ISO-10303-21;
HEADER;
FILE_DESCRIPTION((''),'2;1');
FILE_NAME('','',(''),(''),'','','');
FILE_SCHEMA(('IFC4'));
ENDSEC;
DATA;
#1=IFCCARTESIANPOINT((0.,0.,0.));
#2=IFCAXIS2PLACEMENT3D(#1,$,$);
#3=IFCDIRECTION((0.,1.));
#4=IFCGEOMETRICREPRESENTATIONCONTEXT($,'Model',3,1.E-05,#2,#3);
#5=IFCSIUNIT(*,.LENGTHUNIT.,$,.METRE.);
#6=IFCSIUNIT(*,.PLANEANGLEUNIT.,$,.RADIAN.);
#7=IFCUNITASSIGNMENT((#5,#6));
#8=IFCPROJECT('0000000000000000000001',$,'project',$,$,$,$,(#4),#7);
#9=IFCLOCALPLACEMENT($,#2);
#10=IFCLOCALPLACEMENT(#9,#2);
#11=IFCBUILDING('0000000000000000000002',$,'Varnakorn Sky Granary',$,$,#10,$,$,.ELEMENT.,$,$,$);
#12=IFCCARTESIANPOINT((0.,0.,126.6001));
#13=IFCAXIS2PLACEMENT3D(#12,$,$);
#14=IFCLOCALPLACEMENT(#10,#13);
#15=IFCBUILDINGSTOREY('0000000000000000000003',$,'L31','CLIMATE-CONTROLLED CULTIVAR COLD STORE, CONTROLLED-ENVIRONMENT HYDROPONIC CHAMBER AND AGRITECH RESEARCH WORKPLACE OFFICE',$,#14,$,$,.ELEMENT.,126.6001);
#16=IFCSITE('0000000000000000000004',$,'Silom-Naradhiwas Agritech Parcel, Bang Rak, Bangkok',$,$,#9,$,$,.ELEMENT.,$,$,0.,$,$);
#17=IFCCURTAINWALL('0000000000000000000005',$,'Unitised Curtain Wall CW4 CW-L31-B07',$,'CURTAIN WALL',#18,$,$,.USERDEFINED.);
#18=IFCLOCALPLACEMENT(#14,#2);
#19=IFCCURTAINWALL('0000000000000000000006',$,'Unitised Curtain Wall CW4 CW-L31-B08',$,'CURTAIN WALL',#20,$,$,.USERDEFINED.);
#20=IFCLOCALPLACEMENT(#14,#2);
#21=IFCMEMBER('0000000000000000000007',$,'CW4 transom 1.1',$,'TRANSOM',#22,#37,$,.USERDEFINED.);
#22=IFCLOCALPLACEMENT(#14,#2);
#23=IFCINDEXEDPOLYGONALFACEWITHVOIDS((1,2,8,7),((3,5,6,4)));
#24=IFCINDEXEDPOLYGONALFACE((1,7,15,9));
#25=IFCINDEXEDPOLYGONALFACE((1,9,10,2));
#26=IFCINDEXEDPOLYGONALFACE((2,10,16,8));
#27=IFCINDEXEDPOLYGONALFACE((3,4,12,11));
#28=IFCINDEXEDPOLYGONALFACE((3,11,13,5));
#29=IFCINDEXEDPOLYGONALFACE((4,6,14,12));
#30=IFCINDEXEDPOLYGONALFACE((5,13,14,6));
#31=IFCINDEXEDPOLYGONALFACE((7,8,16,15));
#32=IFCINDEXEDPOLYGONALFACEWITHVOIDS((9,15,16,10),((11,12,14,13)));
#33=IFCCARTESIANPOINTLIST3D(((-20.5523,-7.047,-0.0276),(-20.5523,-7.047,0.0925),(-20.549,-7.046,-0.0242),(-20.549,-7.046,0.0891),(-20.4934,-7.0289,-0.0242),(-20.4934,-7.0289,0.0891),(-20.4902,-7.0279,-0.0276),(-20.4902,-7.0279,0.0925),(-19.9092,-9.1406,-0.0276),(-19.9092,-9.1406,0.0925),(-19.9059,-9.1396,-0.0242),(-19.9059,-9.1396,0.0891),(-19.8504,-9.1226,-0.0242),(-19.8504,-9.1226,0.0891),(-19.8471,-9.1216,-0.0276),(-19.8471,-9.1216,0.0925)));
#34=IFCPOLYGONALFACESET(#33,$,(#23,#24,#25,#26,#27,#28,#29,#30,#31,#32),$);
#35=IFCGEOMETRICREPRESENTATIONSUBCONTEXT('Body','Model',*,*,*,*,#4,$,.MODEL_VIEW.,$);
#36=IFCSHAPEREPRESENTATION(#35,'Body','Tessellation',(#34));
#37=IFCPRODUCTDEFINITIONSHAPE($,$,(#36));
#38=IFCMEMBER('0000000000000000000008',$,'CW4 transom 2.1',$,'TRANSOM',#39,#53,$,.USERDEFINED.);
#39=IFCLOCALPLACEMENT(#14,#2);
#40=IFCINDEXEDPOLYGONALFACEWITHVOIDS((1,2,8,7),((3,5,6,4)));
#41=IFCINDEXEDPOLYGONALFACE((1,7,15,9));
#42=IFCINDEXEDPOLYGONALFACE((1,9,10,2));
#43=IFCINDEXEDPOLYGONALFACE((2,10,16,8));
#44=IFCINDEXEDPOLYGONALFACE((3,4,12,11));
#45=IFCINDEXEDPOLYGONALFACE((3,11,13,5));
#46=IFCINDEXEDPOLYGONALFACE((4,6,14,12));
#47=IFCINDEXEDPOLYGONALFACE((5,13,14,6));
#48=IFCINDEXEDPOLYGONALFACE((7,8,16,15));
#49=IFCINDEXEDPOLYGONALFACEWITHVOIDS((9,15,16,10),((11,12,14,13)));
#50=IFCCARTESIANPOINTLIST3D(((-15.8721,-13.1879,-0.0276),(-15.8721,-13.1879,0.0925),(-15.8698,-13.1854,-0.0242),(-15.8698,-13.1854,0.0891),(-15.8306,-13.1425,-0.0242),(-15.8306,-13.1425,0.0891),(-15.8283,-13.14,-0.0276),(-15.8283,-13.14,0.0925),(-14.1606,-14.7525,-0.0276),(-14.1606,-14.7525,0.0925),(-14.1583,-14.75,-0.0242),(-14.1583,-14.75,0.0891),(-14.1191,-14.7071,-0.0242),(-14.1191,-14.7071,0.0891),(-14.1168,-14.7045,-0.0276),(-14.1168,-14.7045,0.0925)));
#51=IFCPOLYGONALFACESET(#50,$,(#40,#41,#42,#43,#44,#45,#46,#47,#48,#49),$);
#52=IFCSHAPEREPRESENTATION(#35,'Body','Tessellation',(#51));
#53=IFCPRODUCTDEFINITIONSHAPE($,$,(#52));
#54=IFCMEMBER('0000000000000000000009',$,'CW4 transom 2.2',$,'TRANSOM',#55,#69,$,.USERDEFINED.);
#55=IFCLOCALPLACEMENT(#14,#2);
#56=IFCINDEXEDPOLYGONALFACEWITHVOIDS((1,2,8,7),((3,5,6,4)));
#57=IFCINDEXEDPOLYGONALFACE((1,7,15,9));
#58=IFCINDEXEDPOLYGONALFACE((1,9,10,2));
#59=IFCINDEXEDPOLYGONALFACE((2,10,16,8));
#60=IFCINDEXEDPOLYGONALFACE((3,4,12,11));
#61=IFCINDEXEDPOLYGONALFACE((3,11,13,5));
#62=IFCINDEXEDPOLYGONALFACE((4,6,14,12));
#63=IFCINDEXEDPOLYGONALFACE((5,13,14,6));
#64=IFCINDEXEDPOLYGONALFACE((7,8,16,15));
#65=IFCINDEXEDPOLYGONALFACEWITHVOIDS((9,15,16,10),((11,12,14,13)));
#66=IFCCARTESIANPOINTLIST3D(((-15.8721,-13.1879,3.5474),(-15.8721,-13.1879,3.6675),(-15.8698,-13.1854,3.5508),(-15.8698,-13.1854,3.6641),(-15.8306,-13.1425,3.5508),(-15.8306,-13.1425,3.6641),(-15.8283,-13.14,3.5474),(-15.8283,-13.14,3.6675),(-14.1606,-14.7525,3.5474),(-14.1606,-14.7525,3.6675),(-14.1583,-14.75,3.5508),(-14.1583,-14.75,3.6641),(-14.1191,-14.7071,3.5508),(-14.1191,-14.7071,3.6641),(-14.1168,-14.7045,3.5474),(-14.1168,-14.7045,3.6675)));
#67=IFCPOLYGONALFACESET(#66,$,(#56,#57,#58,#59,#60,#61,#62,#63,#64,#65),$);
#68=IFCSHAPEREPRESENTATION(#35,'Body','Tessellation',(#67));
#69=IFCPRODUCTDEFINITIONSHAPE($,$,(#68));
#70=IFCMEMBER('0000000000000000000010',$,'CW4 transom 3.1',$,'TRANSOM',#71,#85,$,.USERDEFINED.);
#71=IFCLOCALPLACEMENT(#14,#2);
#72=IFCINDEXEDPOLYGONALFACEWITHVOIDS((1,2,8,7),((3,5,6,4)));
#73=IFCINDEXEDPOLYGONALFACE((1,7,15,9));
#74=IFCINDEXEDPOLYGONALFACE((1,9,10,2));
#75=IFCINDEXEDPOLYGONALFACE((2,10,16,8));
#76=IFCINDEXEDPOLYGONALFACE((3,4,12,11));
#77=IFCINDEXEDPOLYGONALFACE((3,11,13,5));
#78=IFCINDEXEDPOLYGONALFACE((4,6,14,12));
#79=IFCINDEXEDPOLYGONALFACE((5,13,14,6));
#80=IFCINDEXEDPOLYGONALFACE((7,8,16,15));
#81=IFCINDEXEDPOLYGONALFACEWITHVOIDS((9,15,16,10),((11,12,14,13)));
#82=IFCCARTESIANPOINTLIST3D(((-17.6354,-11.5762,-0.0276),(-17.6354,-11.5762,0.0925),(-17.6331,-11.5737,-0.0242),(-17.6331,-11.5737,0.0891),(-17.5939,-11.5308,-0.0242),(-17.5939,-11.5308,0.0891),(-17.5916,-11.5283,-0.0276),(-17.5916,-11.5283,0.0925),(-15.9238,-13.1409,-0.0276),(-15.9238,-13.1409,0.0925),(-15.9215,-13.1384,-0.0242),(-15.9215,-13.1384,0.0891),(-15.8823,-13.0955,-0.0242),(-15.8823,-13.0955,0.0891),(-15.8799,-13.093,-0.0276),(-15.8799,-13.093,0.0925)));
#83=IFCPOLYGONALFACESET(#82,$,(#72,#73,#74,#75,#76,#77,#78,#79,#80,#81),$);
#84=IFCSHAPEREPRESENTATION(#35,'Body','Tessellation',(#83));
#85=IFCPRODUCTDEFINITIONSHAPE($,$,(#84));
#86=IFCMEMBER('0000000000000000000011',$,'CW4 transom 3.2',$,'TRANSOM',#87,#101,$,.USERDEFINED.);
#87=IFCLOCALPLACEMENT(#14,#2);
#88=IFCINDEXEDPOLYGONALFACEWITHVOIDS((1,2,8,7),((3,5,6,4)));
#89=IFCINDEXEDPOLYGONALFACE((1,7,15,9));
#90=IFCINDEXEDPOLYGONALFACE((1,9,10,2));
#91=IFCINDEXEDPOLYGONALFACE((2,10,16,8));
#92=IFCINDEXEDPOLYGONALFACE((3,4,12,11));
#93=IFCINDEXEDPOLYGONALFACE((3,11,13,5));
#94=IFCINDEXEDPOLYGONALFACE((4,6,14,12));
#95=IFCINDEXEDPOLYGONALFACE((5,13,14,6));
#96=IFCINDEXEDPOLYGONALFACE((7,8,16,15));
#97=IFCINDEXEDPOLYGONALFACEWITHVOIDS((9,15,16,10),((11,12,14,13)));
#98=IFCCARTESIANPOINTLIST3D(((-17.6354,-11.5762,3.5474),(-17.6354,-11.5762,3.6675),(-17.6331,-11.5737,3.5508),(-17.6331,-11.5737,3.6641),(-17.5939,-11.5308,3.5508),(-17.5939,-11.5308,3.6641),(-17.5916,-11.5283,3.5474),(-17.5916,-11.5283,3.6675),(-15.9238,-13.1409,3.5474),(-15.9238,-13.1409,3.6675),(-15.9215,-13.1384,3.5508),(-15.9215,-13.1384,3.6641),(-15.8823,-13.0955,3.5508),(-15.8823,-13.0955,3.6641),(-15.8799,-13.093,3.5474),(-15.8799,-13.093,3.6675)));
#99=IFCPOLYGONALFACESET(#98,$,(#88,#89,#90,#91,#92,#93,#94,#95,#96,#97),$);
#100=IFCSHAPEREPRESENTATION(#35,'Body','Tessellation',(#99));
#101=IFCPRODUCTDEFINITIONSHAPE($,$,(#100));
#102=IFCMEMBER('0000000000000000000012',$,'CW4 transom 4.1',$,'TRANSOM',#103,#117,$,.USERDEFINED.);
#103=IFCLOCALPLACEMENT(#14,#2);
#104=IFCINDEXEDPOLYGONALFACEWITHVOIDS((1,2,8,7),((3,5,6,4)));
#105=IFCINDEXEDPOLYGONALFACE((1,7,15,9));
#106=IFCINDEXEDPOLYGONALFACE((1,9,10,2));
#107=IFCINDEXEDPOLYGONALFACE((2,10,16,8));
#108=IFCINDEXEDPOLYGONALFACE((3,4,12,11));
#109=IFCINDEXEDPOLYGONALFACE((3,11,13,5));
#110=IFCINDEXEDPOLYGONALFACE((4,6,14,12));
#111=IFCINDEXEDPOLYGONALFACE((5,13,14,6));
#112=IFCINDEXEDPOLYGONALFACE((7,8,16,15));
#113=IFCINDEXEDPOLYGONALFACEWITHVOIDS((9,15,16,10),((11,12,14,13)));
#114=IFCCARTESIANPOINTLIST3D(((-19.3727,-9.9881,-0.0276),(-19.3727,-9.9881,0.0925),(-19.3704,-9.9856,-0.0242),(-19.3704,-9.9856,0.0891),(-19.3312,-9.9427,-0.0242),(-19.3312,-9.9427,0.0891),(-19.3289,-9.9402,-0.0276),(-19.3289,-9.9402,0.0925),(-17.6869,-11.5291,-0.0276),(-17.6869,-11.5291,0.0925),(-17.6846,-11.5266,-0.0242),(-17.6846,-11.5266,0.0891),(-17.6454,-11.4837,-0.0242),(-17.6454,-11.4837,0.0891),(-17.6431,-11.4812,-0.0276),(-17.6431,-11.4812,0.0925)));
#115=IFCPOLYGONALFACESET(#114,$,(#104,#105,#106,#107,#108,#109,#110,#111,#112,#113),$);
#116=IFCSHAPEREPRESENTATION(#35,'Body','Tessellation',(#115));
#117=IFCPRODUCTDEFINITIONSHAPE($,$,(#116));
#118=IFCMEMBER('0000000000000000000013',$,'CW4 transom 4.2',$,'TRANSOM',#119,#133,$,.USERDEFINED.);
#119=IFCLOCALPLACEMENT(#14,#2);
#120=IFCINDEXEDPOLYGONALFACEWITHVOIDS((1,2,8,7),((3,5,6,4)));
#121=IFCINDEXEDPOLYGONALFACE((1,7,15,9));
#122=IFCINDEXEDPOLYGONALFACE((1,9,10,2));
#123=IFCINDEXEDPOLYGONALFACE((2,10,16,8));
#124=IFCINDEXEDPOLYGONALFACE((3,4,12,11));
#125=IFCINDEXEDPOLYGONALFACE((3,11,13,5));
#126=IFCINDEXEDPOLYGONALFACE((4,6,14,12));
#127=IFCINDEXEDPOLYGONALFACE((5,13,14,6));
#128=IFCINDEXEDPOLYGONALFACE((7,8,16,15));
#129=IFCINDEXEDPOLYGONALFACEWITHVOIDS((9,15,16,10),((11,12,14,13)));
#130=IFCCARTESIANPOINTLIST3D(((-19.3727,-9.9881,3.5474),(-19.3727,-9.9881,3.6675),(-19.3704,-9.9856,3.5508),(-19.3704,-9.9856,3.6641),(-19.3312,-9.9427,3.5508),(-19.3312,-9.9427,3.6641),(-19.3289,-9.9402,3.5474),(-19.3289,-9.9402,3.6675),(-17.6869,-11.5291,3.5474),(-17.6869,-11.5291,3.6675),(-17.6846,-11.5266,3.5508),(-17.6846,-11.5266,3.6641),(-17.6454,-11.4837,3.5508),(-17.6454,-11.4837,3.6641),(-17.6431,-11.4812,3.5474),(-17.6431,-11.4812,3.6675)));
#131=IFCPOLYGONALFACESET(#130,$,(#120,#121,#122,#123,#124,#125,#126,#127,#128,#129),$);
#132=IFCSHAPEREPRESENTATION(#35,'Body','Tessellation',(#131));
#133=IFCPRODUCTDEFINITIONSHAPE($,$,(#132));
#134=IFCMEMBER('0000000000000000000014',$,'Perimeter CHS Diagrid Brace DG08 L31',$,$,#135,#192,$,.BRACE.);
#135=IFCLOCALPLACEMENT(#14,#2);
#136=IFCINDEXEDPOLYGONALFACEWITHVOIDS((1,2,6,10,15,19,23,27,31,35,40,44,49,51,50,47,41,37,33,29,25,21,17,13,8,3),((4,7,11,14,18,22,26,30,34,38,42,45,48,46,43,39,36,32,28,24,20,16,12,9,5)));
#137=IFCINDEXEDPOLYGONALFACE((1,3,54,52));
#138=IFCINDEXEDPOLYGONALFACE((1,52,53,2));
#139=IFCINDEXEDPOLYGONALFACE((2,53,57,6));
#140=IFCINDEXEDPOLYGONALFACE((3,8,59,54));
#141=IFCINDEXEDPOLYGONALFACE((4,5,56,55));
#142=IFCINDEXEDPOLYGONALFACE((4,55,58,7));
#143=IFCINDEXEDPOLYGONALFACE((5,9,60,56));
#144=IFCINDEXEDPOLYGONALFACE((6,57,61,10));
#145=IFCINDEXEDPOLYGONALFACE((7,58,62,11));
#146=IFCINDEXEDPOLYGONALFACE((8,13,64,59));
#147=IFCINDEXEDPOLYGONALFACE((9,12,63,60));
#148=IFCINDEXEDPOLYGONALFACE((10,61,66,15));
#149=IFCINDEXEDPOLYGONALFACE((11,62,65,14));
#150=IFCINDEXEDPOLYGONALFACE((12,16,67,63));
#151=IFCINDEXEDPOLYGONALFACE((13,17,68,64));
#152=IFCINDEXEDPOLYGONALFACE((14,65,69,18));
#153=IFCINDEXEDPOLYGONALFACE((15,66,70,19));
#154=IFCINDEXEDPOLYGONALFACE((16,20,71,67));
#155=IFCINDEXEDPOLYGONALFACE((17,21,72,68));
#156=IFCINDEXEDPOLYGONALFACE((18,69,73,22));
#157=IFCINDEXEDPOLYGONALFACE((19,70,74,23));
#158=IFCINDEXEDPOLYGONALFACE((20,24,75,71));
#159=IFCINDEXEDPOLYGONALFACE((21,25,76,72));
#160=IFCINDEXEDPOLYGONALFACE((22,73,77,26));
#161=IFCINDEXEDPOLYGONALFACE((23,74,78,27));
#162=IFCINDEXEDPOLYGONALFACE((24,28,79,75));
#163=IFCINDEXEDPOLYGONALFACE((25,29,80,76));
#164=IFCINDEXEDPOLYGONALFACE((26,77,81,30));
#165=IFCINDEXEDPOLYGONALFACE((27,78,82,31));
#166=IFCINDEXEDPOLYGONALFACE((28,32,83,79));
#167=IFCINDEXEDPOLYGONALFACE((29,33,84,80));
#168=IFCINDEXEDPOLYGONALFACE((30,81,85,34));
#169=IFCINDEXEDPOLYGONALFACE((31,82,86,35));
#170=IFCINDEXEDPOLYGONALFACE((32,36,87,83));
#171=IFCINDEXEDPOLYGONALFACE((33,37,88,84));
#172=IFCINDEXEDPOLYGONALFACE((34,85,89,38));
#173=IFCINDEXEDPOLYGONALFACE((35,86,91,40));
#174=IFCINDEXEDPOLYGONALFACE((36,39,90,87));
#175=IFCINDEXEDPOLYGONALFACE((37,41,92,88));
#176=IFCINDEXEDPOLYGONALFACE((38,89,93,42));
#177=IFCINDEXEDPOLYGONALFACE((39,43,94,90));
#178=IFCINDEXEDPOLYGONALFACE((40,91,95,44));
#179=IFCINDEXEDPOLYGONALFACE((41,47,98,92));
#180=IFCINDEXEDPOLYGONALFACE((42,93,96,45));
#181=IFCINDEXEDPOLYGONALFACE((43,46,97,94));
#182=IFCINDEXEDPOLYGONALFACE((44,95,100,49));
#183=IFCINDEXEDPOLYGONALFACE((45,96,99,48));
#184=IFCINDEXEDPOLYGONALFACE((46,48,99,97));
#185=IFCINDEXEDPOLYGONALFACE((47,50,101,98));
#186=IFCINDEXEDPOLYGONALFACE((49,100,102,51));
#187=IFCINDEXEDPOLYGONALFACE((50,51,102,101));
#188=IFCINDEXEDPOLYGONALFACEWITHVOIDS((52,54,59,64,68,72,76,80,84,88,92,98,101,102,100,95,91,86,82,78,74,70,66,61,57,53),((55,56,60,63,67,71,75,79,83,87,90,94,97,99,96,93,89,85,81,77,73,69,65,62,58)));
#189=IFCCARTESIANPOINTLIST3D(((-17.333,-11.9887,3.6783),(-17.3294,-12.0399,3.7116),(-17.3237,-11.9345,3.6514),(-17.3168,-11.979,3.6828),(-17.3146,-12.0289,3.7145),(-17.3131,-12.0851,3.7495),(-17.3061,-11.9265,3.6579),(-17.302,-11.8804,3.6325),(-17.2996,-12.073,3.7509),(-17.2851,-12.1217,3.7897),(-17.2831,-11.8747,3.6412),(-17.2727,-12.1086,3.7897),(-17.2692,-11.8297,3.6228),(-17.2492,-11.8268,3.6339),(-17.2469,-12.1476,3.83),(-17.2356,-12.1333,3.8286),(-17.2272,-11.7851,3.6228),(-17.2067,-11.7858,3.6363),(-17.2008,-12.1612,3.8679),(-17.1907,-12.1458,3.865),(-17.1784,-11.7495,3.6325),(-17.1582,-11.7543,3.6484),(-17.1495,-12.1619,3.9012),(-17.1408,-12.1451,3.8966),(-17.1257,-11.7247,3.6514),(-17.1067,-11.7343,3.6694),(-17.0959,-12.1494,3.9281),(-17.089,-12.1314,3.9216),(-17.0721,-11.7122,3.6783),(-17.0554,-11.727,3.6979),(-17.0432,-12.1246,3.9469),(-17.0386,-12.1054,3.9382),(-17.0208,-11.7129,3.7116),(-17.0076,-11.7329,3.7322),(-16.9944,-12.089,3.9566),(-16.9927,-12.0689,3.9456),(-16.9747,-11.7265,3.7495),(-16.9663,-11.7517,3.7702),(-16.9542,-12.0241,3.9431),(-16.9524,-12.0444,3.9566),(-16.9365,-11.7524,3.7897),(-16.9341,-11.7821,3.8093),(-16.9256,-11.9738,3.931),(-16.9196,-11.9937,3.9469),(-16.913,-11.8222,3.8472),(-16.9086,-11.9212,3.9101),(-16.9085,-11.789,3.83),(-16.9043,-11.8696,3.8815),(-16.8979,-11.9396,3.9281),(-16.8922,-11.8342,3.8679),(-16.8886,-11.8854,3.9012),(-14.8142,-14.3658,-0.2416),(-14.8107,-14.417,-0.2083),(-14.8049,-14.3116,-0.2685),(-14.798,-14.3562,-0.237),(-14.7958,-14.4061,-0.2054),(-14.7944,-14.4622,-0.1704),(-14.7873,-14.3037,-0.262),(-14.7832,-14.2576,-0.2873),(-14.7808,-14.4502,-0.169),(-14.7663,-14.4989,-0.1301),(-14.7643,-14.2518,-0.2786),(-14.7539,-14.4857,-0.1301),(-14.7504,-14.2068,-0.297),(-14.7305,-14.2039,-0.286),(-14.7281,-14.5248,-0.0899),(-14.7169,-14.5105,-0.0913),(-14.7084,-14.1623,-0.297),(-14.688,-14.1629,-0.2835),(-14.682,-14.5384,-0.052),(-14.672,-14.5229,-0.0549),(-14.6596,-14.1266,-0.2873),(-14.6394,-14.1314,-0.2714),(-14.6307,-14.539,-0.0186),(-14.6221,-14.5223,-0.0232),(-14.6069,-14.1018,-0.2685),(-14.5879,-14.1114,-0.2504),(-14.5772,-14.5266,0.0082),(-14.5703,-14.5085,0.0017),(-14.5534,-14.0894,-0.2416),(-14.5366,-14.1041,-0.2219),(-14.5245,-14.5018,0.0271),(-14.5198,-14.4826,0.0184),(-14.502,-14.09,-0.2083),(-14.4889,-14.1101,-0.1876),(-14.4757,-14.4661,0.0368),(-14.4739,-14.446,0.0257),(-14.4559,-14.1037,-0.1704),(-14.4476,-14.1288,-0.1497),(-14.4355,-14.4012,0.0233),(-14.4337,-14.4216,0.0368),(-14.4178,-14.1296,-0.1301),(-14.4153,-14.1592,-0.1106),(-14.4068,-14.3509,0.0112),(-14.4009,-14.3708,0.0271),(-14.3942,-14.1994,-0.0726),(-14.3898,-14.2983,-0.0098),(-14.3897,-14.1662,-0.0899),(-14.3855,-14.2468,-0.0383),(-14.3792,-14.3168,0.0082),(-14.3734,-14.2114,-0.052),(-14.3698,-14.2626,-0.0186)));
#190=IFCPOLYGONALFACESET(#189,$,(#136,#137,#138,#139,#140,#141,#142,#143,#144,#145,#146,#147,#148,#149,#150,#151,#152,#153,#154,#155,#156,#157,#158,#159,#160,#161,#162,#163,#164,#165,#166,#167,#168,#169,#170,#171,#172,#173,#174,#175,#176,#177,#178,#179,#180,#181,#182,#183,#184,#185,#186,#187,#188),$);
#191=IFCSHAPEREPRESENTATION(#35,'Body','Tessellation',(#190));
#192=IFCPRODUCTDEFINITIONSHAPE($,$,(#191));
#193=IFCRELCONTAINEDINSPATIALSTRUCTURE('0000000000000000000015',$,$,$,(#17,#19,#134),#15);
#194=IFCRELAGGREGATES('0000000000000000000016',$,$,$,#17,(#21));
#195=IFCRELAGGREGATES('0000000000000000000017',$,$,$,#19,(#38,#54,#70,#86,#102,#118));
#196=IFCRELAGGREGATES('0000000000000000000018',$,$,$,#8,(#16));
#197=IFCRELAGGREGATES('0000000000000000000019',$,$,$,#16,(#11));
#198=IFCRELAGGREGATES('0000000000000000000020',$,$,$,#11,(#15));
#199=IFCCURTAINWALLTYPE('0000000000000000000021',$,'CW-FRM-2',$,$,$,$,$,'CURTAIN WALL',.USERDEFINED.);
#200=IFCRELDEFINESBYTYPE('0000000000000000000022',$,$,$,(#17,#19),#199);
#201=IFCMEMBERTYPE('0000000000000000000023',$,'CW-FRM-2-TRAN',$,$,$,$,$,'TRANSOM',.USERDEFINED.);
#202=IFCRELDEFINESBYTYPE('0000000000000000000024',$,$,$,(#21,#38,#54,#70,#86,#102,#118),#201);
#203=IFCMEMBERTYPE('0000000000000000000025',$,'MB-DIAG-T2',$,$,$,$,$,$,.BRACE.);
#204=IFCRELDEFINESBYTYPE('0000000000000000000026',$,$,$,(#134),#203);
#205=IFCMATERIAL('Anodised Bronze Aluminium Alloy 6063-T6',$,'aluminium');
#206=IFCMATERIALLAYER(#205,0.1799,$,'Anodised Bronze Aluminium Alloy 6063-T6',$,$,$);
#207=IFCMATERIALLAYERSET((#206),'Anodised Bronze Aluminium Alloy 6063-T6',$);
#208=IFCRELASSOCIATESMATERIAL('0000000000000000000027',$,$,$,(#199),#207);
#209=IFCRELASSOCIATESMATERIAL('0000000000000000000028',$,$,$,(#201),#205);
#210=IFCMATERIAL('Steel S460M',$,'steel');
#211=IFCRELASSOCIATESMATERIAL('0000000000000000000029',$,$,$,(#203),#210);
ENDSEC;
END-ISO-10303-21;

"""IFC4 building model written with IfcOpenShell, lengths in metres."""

from ifc_helpers import new_model, si_unit, direction, frame, origin, origin_2d, place, context, subcontext, project, spatial, hollow_rectangle, hollow_circle, extrude, material, layer, layer_set, material_profile, profile_set, type_object, element, aggregate, save


model = new_model("IFC4")

# Units and contexts
model_context = context("Model", 3, precision=1e-05, world=origin(), true_north=direction((0.0, 1.0)))
body_context = subcontext(model_context, "Body", "Model", "MODEL_VIEW")
ifc_project = project(units=[si_unit("LENGTHUNIT", "METRE"), si_unit("PLANEANGLEUNIT", "RADIAN")], contexts=[model_context])

# Site, building, storey
site_placement = place(None, origin())
site = spatial("IfcSite", under=ifc_project, at=site_placement, Name="Silom-Naradhiwas Agritech Parcel, Bang Rak, Bangkok", CompositionType="ELEMENT", RefElevation=0.0)
building_placement = place(site_placement, origin())
building = spatial("IfcBuilding", under=site, at=building_placement, Name="Varnakorn Sky Granary", CompositionType="ELEMENT")
storey_placement = place(building_placement, frame((0.0, 0.0, 126.6001)))
storey = spatial("IfcBuildingStorey", under=building, at=storey_placement, Name="L31", Description="CLIMATE-CONTROLLED CULTIVAR COLD STORE, CONTROLLED-ENVIRONMENT HYDROPONIC CHAMBER AND AGRITECH RESEARCH WORKPLACE OFFICE", CompositionType="ELEMENT", Elevation=126.6001)

# Shared definitions
ifc_material_1 = material(Name="Steel S460M", Category="steel")

# Curtain wall
ifc_material_2 = material(Name="Anodised Bronze Aluminium Alloy 6063-T6", Category="aluminium")
ifc_layer_1 = layer(ifc_material_2, 0.1799, Name="Anodised Bronze Aluminium Alloy 6063-T6")
ifc_layer_set_1 = layer_set([ifc_layer_1], Name="Anodised Bronze Aluminium Alloy 6063-T6")
curtain_wall_type = type_object("IfcCurtainWallType", Name="CW-FRM-2", ElementType="CURTAIN WALL", PredefinedType="USERDEFINED", material=ifc_layer_set_1)
curtain_wall_1_placement = place(storey_placement, origin())
curtain_wall_1 = element("IfcCurtainWall", 1, at=curtain_wall_1_placement, inside=storey, type_object=curtain_wall_type, Name="Unitised Curtain Wall CW4 CW-L31-B07", ObjectType="CURTAIN WALL", PredefinedType="USERDEFINED")

# Curtain wall
curtain_wall_2_placement = place(storey_placement, origin())
curtain_wall_2 = element("IfcCurtainWall", 2, at=curtain_wall_2_placement, inside=storey, type_object=curtain_wall_type, Name="Unitised Curtain Wall CW4 CW-L31-B08", ObjectType="CURTAIN WALL", PredefinedType="USERDEFINED")

# Members
ifc_material_profile_1 = material_profile(ifc_material_2, hollow_rectangle(XDim=0.0649, YDim=0.1201, WallThickness=0.0034, at=origin_2d()), Name="ALU TRAN 65x120")
ifc_profile_set_1 = profile_set([ifc_material_profile_1], Name="Anodised Bronze Aluminium Alloy 6063-T6")
member_type_1 = type_object("IfcMemberType", Name="CW-FRM-2-TRAN", ElementType="TRANSOM", PredefinedType="USERDEFINED", material=ifc_profile_set_1)
member_1_placement = place(storey_placement, frame((-19.8782, -9.1311, 0.0325), z_axis=(-0.2936, 0.955928, 0.0), x_axis=(-0.955928, -0.2936, 0.0)))
member_1 = element("IfcMember", 3, at=member_1_placement, type_object=member_type_1, Name="CW4 transom 1.1", ObjectType="TRANSOM", PredefinedType="USERDEFINED", context=body_context, shape_type="SweptSolid", body=[
    extrude(hollow_rectangle(XDim=0.0649, YDim=0.1201, WallThickness=0.0034, at=origin_2d()), origin(), (0.0, 0.0, 1.0), 2.1902),
])
aggregate(curtain_wall_1, [member_1])
member_2_placement = place(storey_placement, frame((-14.1387, -14.7285, 0.0325), z_axis=(-0.738089, 0.674704, 0.0), x_axis=(-0.674704, -0.738089, 0.0)))
member_2 = element("IfcMember", 4, at=member_2_placement, type_object=member_type_1, Name="CW4 transom 2.1", ObjectType="TRANSOM", PredefinedType="USERDEFINED", context=body_context, shape_type="SweptSolid", body=[
    extrude(hollow_rectangle(XDim=0.0649, YDim=0.1201, WallThickness=0.0034, at=origin_2d()), origin(), (0.0, 0.0, 1.0), 2.3188),
])
member_3_placement = place(storey_placement, frame((-14.1387, -14.7285, 3.6074), z_axis=(-0.738089, 0.674704, 0.0), x_axis=(-0.674704, -0.738089, 0.0)))
member_3 = element("IfcMember", 5, at=member_3_placement, type_object=member_type_1, Name="CW4 transom 2.2", ObjectType="TRANSOM", PredefinedType="USERDEFINED", context=body_context, shape_type="SweptSolid", body=[
    extrude(hollow_rectangle(XDim=0.0649, YDim=0.1201, WallThickness=0.0034, at=origin_2d()), origin(), (0.0, 0.0, 1.0), 2.3188),
])
member_4_placement = place(storey_placement, frame((-15.9019, -13.1169, 0.0325), z_axis=(-0.738084, 0.674709, 0.0), x_axis=(-0.674709, -0.738084, 0.0)))
member_4 = element("IfcMember", 6, at=member_4_placement, type_object=member_type_1, Name="CW4 transom 3.1", ObjectType="TRANSOM", PredefinedType="USERDEFINED", context=body_context, shape_type="SweptSolid", body=[
    extrude(hollow_rectangle(XDim=0.0649, YDim=0.1201, WallThickness=0.0034, at=origin_2d()), origin(), (0.0, 0.0, 1.0), 2.3191),
])
member_5_placement = place(storey_placement, frame((-15.9019, -13.1169, 3.6074), z_axis=(-0.738084, 0.674709, 0.0), x_axis=(-0.674709, -0.738084, 0.0)))
member_5 = element("IfcMember", 7, at=member_5_placement, type_object=member_type_1, Name="CW4 transom 3.2", ObjectType="TRANSOM", PredefinedType="USERDEFINED", context=body_context, shape_type="SweptSolid", body=[
    extrude(hollow_rectangle(XDim=0.0649, YDim=0.1201, WallThickness=0.0034, at=origin_2d()), origin(), (0.0, 0.0, 1.0), 2.3191),
])
member_6_placement = place(storey_placement, frame((-17.665, -11.5051, 0.0325), z_axis=(-0.73809, 0.674703, 0.0), x_axis=(-0.674703, -0.73809, 0.0)))
member_6 = element("IfcMember", 8, at=member_6_placement, type_object=member_type_1, Name="CW4 transom 4.1", ObjectType="TRANSOM", PredefinedType="USERDEFINED", context=body_context, shape_type="SweptSolid", body=[
    extrude(hollow_rectangle(XDim=0.0649, YDim=0.1201, WallThickness=0.0034, at=origin_2d()), origin(), (0.0, 0.0, 1.0), 2.2839),
])
member_7_placement = place(storey_placement, frame((-17.665, -11.5051, 3.6074), z_axis=(-0.73809, 0.674703, 0.0), x_axis=(-0.674703, -0.73809, 0.0)))
member_7 = element("IfcMember", 9, at=member_7_placement, type_object=member_type_1, Name="CW4 transom 4.2", ObjectType="TRANSOM", PredefinedType="USERDEFINED", context=body_context, shape_type="SweptSolid", body=[
    extrude(hollow_rectangle(XDim=0.0649, YDim=0.1201, WallThickness=0.0034, at=origin_2d()), origin(), (0.0, 0.0, 1.0), 2.2839),
])
ifc_material_profile_2 = material_profile(ifc_material_1, hollow_circle(Radius=0.2539, WallThickness=0.0181, at=origin_2d()), Name="CHS 508x18")
ifc_profile_set_2 = profile_set([ifc_material_profile_2], Name="Steel S460M")
member_type_2 = type_object("IfcMemberType", Name="MB-DIAG-T2", PredefinedType="BRACE", material=ifc_profile_set_2)
member_8_placement = place(storey_placement, frame((-14.592, -14.3142, -0.1301), z_axis=(-0.481533, 0.454462, 0.749393), x_axis=(-0.686369, -0.727254, 0.0)))
element("IfcMember", 10, at=member_8_placement, inside=storey, type_object=member_type_2, Name="Perimeter CHS Diagrid Brace DG08 L31", PredefinedType="BRACE", context=body_context, shape_type="SweptSolid", body=[
    extrude(hollow_circle(Radius=0.2539, WallThickness=0.0181, at=origin_2d()), origin(), (0.0, 0.0, 1.0), 5.2307),
])

aggregate(curtain_wall_2, [member_2, member_3, member_4, member_5, member_6, member_7])

save(model, "model.ifc")
